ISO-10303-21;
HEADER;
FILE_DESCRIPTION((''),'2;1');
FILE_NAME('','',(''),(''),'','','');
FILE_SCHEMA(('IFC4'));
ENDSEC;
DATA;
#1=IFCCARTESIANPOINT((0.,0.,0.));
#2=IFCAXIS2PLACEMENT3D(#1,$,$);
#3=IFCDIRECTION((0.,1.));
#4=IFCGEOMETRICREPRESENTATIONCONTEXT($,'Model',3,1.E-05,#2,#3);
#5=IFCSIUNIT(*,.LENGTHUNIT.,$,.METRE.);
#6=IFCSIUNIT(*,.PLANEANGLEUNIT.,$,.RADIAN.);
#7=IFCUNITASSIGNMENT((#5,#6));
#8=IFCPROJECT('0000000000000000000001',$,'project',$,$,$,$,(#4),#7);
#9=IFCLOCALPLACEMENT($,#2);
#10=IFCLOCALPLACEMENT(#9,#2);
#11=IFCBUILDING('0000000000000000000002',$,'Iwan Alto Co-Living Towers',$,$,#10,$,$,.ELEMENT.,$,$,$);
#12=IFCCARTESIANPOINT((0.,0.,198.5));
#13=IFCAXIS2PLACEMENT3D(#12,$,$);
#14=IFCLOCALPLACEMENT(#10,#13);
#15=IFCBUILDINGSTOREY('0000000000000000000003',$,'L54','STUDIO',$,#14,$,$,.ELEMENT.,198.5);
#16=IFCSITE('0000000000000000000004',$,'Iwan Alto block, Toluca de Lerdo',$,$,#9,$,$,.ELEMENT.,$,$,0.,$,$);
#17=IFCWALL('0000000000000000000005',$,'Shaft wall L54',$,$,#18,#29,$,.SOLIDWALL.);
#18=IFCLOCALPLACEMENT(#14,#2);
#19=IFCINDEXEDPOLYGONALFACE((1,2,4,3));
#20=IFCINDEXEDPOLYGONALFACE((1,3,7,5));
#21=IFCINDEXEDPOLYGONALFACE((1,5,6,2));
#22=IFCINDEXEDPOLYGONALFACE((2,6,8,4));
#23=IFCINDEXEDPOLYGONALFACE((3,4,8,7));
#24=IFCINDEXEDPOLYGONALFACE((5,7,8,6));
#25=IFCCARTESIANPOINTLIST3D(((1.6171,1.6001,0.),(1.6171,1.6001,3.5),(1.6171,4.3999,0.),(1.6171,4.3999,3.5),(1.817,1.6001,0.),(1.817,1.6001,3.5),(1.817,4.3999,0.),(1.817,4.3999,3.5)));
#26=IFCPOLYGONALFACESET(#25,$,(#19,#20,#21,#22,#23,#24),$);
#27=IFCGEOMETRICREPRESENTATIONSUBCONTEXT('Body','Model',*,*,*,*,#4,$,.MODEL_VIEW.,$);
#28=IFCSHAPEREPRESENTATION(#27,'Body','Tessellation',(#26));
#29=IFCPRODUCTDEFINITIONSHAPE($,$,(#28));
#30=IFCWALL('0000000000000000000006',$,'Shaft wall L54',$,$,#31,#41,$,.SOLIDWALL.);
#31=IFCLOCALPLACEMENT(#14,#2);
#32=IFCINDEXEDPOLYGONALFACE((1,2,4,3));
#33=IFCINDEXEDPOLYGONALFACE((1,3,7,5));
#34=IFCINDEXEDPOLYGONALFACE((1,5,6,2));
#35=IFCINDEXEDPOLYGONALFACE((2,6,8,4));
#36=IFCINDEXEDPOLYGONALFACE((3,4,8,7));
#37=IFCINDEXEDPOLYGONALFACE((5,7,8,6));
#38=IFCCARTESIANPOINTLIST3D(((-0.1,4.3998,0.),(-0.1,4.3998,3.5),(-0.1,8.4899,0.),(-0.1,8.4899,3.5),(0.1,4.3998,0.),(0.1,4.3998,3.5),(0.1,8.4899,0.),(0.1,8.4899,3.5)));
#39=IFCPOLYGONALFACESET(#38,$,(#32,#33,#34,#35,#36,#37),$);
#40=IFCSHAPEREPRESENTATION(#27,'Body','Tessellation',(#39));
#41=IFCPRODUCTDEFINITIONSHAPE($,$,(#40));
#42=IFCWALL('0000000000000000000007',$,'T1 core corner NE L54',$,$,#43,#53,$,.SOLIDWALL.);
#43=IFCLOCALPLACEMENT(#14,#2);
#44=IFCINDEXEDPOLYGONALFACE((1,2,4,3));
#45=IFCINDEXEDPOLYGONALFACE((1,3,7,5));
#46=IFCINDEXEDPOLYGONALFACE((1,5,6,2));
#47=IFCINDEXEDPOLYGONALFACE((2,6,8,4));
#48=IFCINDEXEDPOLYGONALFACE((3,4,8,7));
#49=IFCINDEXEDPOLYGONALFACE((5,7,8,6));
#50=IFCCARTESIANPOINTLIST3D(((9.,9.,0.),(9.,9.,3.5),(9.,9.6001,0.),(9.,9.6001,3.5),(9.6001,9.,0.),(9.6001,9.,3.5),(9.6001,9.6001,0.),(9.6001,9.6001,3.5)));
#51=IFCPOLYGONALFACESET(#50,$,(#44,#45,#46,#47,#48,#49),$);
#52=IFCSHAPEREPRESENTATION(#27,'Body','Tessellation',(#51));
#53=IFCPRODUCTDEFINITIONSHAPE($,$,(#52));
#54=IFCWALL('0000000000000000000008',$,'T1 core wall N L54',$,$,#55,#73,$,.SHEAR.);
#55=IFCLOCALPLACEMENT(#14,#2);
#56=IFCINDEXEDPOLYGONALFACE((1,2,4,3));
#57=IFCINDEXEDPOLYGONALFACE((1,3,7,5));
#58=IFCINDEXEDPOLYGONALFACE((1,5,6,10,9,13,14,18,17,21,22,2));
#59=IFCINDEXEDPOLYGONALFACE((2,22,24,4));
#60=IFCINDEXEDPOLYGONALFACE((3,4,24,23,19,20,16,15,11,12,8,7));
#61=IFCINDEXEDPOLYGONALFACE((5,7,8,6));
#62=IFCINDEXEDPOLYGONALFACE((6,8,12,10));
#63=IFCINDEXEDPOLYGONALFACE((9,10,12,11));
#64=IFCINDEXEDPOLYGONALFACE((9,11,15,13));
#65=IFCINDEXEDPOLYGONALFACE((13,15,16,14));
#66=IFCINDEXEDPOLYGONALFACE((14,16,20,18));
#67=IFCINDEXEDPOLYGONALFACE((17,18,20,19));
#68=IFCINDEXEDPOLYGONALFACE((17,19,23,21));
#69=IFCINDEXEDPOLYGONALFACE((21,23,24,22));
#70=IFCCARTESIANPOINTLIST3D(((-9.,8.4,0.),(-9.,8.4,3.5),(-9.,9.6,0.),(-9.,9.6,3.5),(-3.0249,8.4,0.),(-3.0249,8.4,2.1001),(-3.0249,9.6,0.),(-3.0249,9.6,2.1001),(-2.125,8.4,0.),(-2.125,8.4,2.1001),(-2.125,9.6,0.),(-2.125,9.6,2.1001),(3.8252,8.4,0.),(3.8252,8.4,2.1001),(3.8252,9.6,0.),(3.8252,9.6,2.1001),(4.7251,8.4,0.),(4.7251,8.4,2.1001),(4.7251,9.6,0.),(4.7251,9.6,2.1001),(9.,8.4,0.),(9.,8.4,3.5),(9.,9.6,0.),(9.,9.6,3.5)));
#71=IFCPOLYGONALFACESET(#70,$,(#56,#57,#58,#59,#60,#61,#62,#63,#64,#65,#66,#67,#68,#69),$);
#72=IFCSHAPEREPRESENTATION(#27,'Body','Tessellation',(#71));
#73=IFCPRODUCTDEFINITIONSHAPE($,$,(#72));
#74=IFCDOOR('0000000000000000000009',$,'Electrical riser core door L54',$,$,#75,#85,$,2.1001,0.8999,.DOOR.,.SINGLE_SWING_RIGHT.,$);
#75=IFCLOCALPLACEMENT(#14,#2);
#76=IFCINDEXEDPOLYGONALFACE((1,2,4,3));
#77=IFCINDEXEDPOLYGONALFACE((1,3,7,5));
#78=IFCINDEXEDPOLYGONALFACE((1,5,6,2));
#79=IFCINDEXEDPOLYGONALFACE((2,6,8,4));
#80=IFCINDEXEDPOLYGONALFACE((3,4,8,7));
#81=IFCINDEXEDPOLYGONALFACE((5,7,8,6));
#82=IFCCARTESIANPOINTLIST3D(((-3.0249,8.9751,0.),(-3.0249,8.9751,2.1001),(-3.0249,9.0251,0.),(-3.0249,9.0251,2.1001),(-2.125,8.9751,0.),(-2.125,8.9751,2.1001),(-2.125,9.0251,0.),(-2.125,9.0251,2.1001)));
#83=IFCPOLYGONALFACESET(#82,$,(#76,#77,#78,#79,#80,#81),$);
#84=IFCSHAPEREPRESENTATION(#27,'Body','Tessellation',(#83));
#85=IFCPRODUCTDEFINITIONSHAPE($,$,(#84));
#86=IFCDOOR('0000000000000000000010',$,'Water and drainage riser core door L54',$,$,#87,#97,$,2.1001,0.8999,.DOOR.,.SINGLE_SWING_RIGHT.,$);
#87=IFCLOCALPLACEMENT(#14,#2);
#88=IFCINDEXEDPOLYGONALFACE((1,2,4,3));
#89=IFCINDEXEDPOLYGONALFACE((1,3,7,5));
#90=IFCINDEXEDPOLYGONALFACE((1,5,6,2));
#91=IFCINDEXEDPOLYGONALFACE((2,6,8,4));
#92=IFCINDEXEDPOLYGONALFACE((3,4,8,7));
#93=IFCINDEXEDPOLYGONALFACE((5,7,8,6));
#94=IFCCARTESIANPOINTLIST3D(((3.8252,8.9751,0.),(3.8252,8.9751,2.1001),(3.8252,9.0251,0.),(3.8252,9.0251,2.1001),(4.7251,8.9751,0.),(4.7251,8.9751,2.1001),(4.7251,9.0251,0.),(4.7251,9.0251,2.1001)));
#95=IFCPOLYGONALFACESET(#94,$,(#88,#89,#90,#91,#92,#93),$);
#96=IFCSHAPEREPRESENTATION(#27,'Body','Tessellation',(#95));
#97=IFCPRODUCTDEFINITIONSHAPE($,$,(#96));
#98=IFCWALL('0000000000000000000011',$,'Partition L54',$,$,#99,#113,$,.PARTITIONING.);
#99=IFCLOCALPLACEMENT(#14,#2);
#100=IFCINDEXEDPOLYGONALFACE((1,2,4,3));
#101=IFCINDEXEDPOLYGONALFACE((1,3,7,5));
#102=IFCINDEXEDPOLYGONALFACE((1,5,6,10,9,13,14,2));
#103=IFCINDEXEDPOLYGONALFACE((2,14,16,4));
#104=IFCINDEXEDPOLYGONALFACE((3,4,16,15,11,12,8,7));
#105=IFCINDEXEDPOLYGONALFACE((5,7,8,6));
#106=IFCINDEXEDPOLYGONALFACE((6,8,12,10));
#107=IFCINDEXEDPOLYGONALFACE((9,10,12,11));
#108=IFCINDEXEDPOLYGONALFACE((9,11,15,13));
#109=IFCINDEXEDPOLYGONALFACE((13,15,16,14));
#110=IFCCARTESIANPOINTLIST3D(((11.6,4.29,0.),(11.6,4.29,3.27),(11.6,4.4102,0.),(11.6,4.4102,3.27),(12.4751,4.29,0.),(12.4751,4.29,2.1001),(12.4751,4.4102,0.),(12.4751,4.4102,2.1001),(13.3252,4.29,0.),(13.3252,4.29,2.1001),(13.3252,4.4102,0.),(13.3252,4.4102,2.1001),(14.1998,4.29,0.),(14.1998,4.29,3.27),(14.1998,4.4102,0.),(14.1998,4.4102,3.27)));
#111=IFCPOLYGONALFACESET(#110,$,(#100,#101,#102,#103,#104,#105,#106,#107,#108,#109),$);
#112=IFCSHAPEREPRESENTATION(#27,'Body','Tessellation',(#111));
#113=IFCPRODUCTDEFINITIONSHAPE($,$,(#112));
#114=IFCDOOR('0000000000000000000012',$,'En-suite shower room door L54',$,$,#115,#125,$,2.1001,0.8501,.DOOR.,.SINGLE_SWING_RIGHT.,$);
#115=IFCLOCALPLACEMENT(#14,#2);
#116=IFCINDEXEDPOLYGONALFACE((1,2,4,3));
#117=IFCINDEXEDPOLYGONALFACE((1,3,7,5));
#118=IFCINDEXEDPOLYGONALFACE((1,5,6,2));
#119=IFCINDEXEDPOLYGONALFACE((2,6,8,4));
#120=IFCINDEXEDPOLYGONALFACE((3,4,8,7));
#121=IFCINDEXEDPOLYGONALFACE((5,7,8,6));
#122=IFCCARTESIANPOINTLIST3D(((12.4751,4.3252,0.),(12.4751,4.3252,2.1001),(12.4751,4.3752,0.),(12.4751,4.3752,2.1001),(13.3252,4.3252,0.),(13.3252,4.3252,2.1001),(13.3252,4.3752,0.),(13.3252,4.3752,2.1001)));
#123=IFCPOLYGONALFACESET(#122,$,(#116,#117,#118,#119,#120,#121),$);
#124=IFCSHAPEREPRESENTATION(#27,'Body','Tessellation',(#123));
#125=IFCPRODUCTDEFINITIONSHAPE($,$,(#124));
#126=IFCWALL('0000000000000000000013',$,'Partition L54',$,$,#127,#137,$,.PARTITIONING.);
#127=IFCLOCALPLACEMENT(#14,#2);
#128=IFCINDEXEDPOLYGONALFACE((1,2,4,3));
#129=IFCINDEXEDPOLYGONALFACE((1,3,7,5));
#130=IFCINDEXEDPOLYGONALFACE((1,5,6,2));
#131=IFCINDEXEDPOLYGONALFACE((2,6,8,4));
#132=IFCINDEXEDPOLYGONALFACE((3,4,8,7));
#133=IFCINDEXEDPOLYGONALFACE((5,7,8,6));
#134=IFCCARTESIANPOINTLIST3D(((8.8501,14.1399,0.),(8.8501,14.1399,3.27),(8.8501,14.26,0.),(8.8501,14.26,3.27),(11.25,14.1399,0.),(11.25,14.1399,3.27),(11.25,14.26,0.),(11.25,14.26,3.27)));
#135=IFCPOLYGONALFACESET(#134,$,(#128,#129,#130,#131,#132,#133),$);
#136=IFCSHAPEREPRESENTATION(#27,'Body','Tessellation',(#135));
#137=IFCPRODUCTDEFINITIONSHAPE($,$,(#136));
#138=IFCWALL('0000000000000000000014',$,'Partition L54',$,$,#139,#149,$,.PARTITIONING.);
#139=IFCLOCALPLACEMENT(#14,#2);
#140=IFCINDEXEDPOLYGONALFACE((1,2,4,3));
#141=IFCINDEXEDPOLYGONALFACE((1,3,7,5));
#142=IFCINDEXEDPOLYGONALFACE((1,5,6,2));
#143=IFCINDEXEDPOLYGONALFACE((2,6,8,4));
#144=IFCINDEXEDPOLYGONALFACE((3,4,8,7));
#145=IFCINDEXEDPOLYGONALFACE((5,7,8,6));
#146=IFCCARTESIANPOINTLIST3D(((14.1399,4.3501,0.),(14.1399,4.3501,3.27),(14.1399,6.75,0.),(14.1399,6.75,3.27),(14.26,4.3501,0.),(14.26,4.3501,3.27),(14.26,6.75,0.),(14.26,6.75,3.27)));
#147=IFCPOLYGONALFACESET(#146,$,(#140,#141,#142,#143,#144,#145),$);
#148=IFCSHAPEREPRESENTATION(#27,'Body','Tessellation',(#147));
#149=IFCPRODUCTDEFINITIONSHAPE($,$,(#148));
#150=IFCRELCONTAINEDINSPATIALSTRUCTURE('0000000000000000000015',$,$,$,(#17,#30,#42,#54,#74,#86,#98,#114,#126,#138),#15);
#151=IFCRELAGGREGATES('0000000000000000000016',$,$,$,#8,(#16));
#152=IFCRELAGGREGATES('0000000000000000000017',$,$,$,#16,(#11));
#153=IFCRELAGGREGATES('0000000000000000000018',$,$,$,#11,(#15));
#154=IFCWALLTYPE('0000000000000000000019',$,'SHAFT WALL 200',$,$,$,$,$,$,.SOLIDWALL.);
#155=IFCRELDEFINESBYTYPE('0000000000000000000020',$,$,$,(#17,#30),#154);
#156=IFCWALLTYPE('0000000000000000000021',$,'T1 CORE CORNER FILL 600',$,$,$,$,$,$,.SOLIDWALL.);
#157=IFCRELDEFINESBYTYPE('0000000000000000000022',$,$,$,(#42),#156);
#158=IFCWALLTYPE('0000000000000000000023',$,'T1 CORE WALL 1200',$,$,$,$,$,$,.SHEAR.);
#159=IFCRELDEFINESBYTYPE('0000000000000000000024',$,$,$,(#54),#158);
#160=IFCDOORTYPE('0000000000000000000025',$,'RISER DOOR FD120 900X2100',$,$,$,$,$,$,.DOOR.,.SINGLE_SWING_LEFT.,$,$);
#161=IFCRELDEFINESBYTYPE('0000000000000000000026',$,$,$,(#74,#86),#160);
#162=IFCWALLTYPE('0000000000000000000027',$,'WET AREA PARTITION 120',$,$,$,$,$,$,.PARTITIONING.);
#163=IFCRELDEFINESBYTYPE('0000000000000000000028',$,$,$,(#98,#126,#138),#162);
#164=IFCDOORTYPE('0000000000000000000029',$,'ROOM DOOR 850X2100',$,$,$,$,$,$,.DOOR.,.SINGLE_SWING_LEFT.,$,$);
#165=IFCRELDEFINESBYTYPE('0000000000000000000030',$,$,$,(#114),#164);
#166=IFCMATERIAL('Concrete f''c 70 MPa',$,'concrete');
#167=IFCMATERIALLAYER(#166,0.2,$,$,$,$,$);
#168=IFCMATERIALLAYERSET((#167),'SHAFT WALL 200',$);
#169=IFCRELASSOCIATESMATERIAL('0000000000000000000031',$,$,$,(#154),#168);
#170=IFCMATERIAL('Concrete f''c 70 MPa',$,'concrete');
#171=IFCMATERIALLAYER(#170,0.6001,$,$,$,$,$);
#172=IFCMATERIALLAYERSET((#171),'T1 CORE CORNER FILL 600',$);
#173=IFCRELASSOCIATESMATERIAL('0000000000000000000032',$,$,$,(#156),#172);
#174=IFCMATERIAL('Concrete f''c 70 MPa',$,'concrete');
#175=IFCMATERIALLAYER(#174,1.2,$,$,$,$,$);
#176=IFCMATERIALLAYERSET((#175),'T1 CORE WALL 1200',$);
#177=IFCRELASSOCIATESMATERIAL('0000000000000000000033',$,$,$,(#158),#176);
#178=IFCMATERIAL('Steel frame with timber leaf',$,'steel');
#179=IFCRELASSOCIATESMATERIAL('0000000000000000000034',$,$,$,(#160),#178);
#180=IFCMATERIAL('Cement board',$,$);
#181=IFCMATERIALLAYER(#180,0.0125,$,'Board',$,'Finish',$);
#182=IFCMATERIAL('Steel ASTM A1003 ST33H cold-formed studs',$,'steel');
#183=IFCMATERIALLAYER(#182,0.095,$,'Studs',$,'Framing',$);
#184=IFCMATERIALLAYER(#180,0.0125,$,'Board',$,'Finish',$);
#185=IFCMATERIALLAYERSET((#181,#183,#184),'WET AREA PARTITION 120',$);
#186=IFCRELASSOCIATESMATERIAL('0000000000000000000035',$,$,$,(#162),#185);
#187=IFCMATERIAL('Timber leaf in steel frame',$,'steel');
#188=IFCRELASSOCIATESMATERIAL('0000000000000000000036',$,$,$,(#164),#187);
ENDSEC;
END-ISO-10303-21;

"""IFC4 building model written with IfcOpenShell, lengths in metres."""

from ifc_helpers import new_model, si_unit, direction, frame, frame_2d, origin, place, context, subcontext, project, spatial, rectangle, extrude, material, layer, layer_set, type_object, element, fill, save


model = new_model("IFC4")

# Units and contexts
model_context = context("Model", 3, precision=1e-05, world=origin(), true_north=direction((0.0, 1.0)))
body_context = subcontext(model_context, "Body", "Model", "MODEL_VIEW")
ifc_project = project(units=[si_unit("LENGTHUNIT", "METRE"), si_unit("PLANEANGLEUNIT", "RADIAN")], contexts=[model_context])

# Site, building, storey
site_placement = place(None, origin())
site = spatial("IfcSite", under=ifc_project, at=site_placement, Name="Iwan Alto block, Toluca de Lerdo", CompositionType="ELEMENT", RefElevation=0.0)
building_placement = place(site_placement, origin())
building = spatial("IfcBuilding", under=site, at=building_placement, Name="Iwan Alto Co-Living Towers", CompositionType="ELEMENT")
storey_placement = place(building_placement, frame((0.0, 0.0, 198.5)))
storey = spatial("IfcBuildingStorey", under=building, at=storey_placement, Name="L54", Description="STUDIO", CompositionType="ELEMENT", Elevation=198.5)

# Shared definitions
ifc_material_1 = material(Name="Steel ASTM A1003 ST33H cold-formed studs", Category="steel")

# Walls
ifc_material_2 = material(Name="Concrete f'c 70 MPa", Category="concrete")
ifc_layer_1 = layer(ifc_material_2, 0.2)
ifc_layer_set_1 = layer_set([ifc_layer_1], Name="SHAFT WALL 200")
wall_type_1 = type_object("IfcWallType", Name="SHAFT WALL 200", PredefinedType="SOLIDWALL", material=ifc_layer_set_1)
wall_1_placement = place(storey_placement, frame((1.717, 1.6001, 0.0), z_axis=(0.0, 0.0, 1.0), x_axis=(0.0, 1.0, 0.0)))
element("IfcWall", 1, at=wall_1_placement, inside=storey, type_object=wall_type_1, Name="Shaft wall L54", PredefinedType="SOLIDWALL", context=body_context, shape_type="SweptSolid", body=[
    extrude(rectangle(XDim=2.7998, YDim=0.2, at=frame_2d((1.3999, 0.0))), origin(), (0.0, 0.0, 1.0), 3.5),
])
wall_2_placement = place(storey_placement, frame((0.0, 4.3999, 0.0), z_axis=(0.0, 0.0, 1.0), x_axis=(0.0, 1.0, 0.0)))
element("IfcWall", 2, at=wall_2_placement, inside=storey, type_object=wall_type_1, Name="Shaft wall L54", PredefinedType="SOLIDWALL", context=body_context, shape_type="SweptSolid", body=[
    extrude(rectangle(XDim=4.0901, YDim=0.2, at=frame_2d((2.0449, 0.0))), origin(), (0.0, 0.0, 1.0), 3.5),
])
ifc_material_3 = material(Name="Concrete f'c 70 MPa", Category="concrete")
ifc_layer_2 = layer(ifc_material_3, 0.6001)
ifc_layer_set_2 = layer_set([ifc_layer_2], Name="T1 CORE CORNER FILL 600")
wall_type_2 = type_object("IfcWallType", Name="T1 CORE CORNER FILL 600", PredefinedType="SOLIDWALL", material=ifc_layer_set_2)
wall_3_placement = place(storey_placement, frame((9.0, 9.3, 0.0), z_axis=(0.0, 0.0, 1.0), x_axis=(1.0, 0.0, 0.0)))
element("IfcWall", 3, at=wall_3_placement, inside=storey, type_object=wall_type_2, Name="T1 core corner NE L54", PredefinedType="SOLIDWALL", context=body_context, shape_type="SweptSolid", body=[
    extrude(rectangle(XDim=0.6001, YDim=0.6001, at=frame_2d((0.3, 0.0))), origin(), (0.0, 0.0, 1.0), 3.5),
])

# Wall, openings, doors
ifc_material_4 = material(Name="Concrete f'c 70 MPa", Category="concrete")
ifc_layer_3 = layer(ifc_material_4, 1.2)
ifc_layer_set_3 = layer_set([ifc_layer_3], Name="T1 CORE WALL 1200")
wall_type_3 = type_object("IfcWallType", Name="T1 CORE WALL 1200", PredefinedType="SHEAR", material=ifc_layer_set_3)
wall_4_placement = place(storey_placement, frame((9.0, 9.0, 0.0), z_axis=(0.0, 0.0, 1.0), x_axis=(-1.0, 0.0, 0.0)))
wall_4 = element("IfcWall", 4, at=wall_4_placement, inside=storey, type_object=wall_type_3, Name="T1 core wall N L54", PredefinedType="SHEAR", context=body_context, shape_type="SweptSolid", body=[
    extrude(rectangle(XDim=18.0, YDim=1.2, at=frame_2d((9.0, 0.0))), origin(), (0.0, 0.0, 1.0), 3.5),
])
opening_1_placement = place(wall_4_placement, frame((11.125, 0.0, 0.0)))
opening_1 = element("IfcOpeningElement", 5, at=opening_1_placement, cuts=wall_4, PredefinedType="OPENING", context=body_context, shape_type="SweptSolid", body=[
    extrude(rectangle(XDim=0.8999, YDim=2.1001, at=frame_2d((0.45, 1.05))), frame((0.0, 0.6099, 0.0), z_axis=(0.0, -1.0, 0.0), x_axis=(1.0, 0.0, 0.0)), (0.0, 0.0, 1.0), 1.22),
])
opening_2_placement = place(wall_4_placement, frame((4.2749, 0.0, 0.0)))
opening_2 = element("IfcOpeningElement", 6, at=opening_2_placement, cuts=wall_4, PredefinedType="OPENING", context=body_context, shape_type="SweptSolid", body=[
    extrude(rectangle(XDim=0.8999, YDim=2.1001, at=frame_2d((0.45, 1.05))), frame((0.0, 0.6099, 0.0), z_axis=(0.0, -1.0, 0.0), x_axis=(1.0, 0.0, 0.0)), (0.0, 0.0, 1.0), 1.22),
])
ifc_material_5 = material(Name="Steel frame with timber leaf", Category="steel")
door_type_1 = type_object("IfcDoorType", Name="RISER DOOR FD120 900X2100", OperationType="SINGLE_SWING_LEFT", PredefinedType="DOOR", material=ifc_material_5)
door_1_placement = place(opening_1_placement, origin())
door_1 = element("IfcDoor", 7, at=door_1_placement, inside=storey, type_object=door_type_1, Name="Electrical riser core door L54", OperationType="SINGLE_SWING_RIGHT", OverallHeight=2.1001, OverallWidth=0.8999, PredefinedType="DOOR", context=body_context, shape_type="SweptSolid", body=[
    extrude(rectangle(XDim=0.8999, YDim=2.1001, at=frame_2d((0.45, 1.05))), frame((0.0, 0.0249, 0.0), z_axis=(0.0, -1.0, 0.0), x_axis=(1.0, 0.0, 0.0)), (0.0, 0.0, 1.0), 0.05),
])
fill(opening_1, door_1)
door_2_placement = place(opening_2_placement, origin())
door_2 = element("IfcDoor", 8, at=door_2_placement, inside=storey, type_object=door_type_1, Name="Water and drainage riser core door L54", OperationType="SINGLE_SWING_RIGHT", OverallHeight=2.1001, OverallWidth=0.8999, PredefinedType="DOOR", context=body_context, shape_type="SweptSolid", body=[
    extrude(rectangle(XDim=0.8999, YDim=2.1001, at=frame_2d((0.45, 1.05))), frame((0.0, 0.0249, 0.0), z_axis=(0.0, -1.0, 0.0), x_axis=(1.0, 0.0, 0.0)), (0.0, 0.0, 1.0), 0.05),
])
fill(opening_2, door_2)

# Wall, opening, door
ifc_material_6 = material(Name="Cement board")
ifc_layer_4 = layer(ifc_material_6, 0.0125, Name="Board", Category="Finish")
ifc_layer_5 = layer(ifc_material_1, 0.095, Name="Studs", Category="Framing")
ifc_layer_6 = layer(ifc_material_6, 0.0125, Name="Board", Category="Finish")
ifc_layer_set_4 = layer_set([ifc_layer_4, ifc_layer_5, ifc_layer_6], Name="WET AREA PARTITION 120")
wall_type_4 = type_object("IfcWallType", Name="WET AREA PARTITION 120", PredefinedType="PARTITIONING", material=ifc_layer_set_4)
wall_5_placement = place(storey_placement, frame((11.6001, 4.3501, 0.0), z_axis=(0.0, 0.0, 1.0), x_axis=(1.0, 0.0, 0.0)))
wall_5 = element("IfcWall", 9, at=wall_5_placement, inside=storey, type_object=wall_type_4, Name="Partition L54", PredefinedType="PARTITIONING", context=body_context, shape_type="SweptSolid", body=[
    extrude(rectangle(XDim=2.5999, YDim=0.1201, at=frame_2d((1.2998, 0.0))), origin(), (0.0, 0.0, 1.0), 3.27),
])
opening_3_placement = place(wall_5_placement, frame((0.875, 0.0, 0.0)))
opening_3 = element("IfcOpeningElement", 10, at=opening_3_placement, cuts=wall_5, PredefinedType="OPENING", context=body_context, shape_type="SweptSolid", body=[
    extrude(rectangle(XDim=0.8501, YDim=2.1001, at=frame_2d((0.425, 1.05))), frame((0.0, 0.0701, 0.0), z_axis=(0.0, -1.0, 0.0), x_axis=(1.0, 0.0, 0.0)), (0.0, 0.0, 1.0), 0.1401),
])
ifc_material_7 = material(Name="Timber leaf in steel frame", Category="steel")
door_type_2 = type_object("IfcDoorType", Name="ROOM DOOR 850X2100", OperationType="SINGLE_SWING_LEFT", PredefinedType="DOOR", material=ifc_material_7)
door_3_placement = place(opening_3_placement, frame((0.8501, 0.0, 0.0), z_axis=(0.0, 0.0, 1.0), x_axis=(-1.0, 0.0, 0.0)))
door_3 = element("IfcDoor", 11, at=door_3_placement, inside=storey, type_object=door_type_2, Name="En-suite shower room door L54", OperationType="SINGLE_SWING_RIGHT", OverallHeight=2.1001, OverallWidth=0.8501, PredefinedType="DOOR", context=body_context, shape_type="SweptSolid", body=[
    extrude(rectangle(XDim=0.8501, YDim=2.1001, at=frame_2d((0.425, 1.05))), frame((0.0, 0.0249, 0.0), z_axis=(0.0, -1.0, 0.0), x_axis=(1.0, 0.0, 0.0)), (0.0, 0.0, 1.0), 0.05),
])
fill(opening_3, door_3)

# Walls
for number, where, z_axis, x_axis, name in (
    (12, (8.8501, 14.2, 0.0), (0.0, 0.0, 1.0), (1.0, 0.0, 0.0), "Partition L54"),
    (13, (14.2, 4.3501, 0.0), (0.0, 0.0, 1.0), (0.0, 1.0, 0.0), "Partition L54"),
):
    element("IfcWall", number, at=place(storey_placement, frame(where, z_axis=z_axis, x_axis=x_axis)), inside=storey, type_object=wall_type_4, Name=name, PredefinedType="PARTITIONING", context=body_context, shape_type="SweptSolid", body=[
        extrude(rectangle(XDim=2.3999, YDim=0.1201, at=frame_2d((1.2, 0.0))), origin(), (0.0, 0.0, 1.0), 3.27),
    ])

save(model, "model.ifc")
